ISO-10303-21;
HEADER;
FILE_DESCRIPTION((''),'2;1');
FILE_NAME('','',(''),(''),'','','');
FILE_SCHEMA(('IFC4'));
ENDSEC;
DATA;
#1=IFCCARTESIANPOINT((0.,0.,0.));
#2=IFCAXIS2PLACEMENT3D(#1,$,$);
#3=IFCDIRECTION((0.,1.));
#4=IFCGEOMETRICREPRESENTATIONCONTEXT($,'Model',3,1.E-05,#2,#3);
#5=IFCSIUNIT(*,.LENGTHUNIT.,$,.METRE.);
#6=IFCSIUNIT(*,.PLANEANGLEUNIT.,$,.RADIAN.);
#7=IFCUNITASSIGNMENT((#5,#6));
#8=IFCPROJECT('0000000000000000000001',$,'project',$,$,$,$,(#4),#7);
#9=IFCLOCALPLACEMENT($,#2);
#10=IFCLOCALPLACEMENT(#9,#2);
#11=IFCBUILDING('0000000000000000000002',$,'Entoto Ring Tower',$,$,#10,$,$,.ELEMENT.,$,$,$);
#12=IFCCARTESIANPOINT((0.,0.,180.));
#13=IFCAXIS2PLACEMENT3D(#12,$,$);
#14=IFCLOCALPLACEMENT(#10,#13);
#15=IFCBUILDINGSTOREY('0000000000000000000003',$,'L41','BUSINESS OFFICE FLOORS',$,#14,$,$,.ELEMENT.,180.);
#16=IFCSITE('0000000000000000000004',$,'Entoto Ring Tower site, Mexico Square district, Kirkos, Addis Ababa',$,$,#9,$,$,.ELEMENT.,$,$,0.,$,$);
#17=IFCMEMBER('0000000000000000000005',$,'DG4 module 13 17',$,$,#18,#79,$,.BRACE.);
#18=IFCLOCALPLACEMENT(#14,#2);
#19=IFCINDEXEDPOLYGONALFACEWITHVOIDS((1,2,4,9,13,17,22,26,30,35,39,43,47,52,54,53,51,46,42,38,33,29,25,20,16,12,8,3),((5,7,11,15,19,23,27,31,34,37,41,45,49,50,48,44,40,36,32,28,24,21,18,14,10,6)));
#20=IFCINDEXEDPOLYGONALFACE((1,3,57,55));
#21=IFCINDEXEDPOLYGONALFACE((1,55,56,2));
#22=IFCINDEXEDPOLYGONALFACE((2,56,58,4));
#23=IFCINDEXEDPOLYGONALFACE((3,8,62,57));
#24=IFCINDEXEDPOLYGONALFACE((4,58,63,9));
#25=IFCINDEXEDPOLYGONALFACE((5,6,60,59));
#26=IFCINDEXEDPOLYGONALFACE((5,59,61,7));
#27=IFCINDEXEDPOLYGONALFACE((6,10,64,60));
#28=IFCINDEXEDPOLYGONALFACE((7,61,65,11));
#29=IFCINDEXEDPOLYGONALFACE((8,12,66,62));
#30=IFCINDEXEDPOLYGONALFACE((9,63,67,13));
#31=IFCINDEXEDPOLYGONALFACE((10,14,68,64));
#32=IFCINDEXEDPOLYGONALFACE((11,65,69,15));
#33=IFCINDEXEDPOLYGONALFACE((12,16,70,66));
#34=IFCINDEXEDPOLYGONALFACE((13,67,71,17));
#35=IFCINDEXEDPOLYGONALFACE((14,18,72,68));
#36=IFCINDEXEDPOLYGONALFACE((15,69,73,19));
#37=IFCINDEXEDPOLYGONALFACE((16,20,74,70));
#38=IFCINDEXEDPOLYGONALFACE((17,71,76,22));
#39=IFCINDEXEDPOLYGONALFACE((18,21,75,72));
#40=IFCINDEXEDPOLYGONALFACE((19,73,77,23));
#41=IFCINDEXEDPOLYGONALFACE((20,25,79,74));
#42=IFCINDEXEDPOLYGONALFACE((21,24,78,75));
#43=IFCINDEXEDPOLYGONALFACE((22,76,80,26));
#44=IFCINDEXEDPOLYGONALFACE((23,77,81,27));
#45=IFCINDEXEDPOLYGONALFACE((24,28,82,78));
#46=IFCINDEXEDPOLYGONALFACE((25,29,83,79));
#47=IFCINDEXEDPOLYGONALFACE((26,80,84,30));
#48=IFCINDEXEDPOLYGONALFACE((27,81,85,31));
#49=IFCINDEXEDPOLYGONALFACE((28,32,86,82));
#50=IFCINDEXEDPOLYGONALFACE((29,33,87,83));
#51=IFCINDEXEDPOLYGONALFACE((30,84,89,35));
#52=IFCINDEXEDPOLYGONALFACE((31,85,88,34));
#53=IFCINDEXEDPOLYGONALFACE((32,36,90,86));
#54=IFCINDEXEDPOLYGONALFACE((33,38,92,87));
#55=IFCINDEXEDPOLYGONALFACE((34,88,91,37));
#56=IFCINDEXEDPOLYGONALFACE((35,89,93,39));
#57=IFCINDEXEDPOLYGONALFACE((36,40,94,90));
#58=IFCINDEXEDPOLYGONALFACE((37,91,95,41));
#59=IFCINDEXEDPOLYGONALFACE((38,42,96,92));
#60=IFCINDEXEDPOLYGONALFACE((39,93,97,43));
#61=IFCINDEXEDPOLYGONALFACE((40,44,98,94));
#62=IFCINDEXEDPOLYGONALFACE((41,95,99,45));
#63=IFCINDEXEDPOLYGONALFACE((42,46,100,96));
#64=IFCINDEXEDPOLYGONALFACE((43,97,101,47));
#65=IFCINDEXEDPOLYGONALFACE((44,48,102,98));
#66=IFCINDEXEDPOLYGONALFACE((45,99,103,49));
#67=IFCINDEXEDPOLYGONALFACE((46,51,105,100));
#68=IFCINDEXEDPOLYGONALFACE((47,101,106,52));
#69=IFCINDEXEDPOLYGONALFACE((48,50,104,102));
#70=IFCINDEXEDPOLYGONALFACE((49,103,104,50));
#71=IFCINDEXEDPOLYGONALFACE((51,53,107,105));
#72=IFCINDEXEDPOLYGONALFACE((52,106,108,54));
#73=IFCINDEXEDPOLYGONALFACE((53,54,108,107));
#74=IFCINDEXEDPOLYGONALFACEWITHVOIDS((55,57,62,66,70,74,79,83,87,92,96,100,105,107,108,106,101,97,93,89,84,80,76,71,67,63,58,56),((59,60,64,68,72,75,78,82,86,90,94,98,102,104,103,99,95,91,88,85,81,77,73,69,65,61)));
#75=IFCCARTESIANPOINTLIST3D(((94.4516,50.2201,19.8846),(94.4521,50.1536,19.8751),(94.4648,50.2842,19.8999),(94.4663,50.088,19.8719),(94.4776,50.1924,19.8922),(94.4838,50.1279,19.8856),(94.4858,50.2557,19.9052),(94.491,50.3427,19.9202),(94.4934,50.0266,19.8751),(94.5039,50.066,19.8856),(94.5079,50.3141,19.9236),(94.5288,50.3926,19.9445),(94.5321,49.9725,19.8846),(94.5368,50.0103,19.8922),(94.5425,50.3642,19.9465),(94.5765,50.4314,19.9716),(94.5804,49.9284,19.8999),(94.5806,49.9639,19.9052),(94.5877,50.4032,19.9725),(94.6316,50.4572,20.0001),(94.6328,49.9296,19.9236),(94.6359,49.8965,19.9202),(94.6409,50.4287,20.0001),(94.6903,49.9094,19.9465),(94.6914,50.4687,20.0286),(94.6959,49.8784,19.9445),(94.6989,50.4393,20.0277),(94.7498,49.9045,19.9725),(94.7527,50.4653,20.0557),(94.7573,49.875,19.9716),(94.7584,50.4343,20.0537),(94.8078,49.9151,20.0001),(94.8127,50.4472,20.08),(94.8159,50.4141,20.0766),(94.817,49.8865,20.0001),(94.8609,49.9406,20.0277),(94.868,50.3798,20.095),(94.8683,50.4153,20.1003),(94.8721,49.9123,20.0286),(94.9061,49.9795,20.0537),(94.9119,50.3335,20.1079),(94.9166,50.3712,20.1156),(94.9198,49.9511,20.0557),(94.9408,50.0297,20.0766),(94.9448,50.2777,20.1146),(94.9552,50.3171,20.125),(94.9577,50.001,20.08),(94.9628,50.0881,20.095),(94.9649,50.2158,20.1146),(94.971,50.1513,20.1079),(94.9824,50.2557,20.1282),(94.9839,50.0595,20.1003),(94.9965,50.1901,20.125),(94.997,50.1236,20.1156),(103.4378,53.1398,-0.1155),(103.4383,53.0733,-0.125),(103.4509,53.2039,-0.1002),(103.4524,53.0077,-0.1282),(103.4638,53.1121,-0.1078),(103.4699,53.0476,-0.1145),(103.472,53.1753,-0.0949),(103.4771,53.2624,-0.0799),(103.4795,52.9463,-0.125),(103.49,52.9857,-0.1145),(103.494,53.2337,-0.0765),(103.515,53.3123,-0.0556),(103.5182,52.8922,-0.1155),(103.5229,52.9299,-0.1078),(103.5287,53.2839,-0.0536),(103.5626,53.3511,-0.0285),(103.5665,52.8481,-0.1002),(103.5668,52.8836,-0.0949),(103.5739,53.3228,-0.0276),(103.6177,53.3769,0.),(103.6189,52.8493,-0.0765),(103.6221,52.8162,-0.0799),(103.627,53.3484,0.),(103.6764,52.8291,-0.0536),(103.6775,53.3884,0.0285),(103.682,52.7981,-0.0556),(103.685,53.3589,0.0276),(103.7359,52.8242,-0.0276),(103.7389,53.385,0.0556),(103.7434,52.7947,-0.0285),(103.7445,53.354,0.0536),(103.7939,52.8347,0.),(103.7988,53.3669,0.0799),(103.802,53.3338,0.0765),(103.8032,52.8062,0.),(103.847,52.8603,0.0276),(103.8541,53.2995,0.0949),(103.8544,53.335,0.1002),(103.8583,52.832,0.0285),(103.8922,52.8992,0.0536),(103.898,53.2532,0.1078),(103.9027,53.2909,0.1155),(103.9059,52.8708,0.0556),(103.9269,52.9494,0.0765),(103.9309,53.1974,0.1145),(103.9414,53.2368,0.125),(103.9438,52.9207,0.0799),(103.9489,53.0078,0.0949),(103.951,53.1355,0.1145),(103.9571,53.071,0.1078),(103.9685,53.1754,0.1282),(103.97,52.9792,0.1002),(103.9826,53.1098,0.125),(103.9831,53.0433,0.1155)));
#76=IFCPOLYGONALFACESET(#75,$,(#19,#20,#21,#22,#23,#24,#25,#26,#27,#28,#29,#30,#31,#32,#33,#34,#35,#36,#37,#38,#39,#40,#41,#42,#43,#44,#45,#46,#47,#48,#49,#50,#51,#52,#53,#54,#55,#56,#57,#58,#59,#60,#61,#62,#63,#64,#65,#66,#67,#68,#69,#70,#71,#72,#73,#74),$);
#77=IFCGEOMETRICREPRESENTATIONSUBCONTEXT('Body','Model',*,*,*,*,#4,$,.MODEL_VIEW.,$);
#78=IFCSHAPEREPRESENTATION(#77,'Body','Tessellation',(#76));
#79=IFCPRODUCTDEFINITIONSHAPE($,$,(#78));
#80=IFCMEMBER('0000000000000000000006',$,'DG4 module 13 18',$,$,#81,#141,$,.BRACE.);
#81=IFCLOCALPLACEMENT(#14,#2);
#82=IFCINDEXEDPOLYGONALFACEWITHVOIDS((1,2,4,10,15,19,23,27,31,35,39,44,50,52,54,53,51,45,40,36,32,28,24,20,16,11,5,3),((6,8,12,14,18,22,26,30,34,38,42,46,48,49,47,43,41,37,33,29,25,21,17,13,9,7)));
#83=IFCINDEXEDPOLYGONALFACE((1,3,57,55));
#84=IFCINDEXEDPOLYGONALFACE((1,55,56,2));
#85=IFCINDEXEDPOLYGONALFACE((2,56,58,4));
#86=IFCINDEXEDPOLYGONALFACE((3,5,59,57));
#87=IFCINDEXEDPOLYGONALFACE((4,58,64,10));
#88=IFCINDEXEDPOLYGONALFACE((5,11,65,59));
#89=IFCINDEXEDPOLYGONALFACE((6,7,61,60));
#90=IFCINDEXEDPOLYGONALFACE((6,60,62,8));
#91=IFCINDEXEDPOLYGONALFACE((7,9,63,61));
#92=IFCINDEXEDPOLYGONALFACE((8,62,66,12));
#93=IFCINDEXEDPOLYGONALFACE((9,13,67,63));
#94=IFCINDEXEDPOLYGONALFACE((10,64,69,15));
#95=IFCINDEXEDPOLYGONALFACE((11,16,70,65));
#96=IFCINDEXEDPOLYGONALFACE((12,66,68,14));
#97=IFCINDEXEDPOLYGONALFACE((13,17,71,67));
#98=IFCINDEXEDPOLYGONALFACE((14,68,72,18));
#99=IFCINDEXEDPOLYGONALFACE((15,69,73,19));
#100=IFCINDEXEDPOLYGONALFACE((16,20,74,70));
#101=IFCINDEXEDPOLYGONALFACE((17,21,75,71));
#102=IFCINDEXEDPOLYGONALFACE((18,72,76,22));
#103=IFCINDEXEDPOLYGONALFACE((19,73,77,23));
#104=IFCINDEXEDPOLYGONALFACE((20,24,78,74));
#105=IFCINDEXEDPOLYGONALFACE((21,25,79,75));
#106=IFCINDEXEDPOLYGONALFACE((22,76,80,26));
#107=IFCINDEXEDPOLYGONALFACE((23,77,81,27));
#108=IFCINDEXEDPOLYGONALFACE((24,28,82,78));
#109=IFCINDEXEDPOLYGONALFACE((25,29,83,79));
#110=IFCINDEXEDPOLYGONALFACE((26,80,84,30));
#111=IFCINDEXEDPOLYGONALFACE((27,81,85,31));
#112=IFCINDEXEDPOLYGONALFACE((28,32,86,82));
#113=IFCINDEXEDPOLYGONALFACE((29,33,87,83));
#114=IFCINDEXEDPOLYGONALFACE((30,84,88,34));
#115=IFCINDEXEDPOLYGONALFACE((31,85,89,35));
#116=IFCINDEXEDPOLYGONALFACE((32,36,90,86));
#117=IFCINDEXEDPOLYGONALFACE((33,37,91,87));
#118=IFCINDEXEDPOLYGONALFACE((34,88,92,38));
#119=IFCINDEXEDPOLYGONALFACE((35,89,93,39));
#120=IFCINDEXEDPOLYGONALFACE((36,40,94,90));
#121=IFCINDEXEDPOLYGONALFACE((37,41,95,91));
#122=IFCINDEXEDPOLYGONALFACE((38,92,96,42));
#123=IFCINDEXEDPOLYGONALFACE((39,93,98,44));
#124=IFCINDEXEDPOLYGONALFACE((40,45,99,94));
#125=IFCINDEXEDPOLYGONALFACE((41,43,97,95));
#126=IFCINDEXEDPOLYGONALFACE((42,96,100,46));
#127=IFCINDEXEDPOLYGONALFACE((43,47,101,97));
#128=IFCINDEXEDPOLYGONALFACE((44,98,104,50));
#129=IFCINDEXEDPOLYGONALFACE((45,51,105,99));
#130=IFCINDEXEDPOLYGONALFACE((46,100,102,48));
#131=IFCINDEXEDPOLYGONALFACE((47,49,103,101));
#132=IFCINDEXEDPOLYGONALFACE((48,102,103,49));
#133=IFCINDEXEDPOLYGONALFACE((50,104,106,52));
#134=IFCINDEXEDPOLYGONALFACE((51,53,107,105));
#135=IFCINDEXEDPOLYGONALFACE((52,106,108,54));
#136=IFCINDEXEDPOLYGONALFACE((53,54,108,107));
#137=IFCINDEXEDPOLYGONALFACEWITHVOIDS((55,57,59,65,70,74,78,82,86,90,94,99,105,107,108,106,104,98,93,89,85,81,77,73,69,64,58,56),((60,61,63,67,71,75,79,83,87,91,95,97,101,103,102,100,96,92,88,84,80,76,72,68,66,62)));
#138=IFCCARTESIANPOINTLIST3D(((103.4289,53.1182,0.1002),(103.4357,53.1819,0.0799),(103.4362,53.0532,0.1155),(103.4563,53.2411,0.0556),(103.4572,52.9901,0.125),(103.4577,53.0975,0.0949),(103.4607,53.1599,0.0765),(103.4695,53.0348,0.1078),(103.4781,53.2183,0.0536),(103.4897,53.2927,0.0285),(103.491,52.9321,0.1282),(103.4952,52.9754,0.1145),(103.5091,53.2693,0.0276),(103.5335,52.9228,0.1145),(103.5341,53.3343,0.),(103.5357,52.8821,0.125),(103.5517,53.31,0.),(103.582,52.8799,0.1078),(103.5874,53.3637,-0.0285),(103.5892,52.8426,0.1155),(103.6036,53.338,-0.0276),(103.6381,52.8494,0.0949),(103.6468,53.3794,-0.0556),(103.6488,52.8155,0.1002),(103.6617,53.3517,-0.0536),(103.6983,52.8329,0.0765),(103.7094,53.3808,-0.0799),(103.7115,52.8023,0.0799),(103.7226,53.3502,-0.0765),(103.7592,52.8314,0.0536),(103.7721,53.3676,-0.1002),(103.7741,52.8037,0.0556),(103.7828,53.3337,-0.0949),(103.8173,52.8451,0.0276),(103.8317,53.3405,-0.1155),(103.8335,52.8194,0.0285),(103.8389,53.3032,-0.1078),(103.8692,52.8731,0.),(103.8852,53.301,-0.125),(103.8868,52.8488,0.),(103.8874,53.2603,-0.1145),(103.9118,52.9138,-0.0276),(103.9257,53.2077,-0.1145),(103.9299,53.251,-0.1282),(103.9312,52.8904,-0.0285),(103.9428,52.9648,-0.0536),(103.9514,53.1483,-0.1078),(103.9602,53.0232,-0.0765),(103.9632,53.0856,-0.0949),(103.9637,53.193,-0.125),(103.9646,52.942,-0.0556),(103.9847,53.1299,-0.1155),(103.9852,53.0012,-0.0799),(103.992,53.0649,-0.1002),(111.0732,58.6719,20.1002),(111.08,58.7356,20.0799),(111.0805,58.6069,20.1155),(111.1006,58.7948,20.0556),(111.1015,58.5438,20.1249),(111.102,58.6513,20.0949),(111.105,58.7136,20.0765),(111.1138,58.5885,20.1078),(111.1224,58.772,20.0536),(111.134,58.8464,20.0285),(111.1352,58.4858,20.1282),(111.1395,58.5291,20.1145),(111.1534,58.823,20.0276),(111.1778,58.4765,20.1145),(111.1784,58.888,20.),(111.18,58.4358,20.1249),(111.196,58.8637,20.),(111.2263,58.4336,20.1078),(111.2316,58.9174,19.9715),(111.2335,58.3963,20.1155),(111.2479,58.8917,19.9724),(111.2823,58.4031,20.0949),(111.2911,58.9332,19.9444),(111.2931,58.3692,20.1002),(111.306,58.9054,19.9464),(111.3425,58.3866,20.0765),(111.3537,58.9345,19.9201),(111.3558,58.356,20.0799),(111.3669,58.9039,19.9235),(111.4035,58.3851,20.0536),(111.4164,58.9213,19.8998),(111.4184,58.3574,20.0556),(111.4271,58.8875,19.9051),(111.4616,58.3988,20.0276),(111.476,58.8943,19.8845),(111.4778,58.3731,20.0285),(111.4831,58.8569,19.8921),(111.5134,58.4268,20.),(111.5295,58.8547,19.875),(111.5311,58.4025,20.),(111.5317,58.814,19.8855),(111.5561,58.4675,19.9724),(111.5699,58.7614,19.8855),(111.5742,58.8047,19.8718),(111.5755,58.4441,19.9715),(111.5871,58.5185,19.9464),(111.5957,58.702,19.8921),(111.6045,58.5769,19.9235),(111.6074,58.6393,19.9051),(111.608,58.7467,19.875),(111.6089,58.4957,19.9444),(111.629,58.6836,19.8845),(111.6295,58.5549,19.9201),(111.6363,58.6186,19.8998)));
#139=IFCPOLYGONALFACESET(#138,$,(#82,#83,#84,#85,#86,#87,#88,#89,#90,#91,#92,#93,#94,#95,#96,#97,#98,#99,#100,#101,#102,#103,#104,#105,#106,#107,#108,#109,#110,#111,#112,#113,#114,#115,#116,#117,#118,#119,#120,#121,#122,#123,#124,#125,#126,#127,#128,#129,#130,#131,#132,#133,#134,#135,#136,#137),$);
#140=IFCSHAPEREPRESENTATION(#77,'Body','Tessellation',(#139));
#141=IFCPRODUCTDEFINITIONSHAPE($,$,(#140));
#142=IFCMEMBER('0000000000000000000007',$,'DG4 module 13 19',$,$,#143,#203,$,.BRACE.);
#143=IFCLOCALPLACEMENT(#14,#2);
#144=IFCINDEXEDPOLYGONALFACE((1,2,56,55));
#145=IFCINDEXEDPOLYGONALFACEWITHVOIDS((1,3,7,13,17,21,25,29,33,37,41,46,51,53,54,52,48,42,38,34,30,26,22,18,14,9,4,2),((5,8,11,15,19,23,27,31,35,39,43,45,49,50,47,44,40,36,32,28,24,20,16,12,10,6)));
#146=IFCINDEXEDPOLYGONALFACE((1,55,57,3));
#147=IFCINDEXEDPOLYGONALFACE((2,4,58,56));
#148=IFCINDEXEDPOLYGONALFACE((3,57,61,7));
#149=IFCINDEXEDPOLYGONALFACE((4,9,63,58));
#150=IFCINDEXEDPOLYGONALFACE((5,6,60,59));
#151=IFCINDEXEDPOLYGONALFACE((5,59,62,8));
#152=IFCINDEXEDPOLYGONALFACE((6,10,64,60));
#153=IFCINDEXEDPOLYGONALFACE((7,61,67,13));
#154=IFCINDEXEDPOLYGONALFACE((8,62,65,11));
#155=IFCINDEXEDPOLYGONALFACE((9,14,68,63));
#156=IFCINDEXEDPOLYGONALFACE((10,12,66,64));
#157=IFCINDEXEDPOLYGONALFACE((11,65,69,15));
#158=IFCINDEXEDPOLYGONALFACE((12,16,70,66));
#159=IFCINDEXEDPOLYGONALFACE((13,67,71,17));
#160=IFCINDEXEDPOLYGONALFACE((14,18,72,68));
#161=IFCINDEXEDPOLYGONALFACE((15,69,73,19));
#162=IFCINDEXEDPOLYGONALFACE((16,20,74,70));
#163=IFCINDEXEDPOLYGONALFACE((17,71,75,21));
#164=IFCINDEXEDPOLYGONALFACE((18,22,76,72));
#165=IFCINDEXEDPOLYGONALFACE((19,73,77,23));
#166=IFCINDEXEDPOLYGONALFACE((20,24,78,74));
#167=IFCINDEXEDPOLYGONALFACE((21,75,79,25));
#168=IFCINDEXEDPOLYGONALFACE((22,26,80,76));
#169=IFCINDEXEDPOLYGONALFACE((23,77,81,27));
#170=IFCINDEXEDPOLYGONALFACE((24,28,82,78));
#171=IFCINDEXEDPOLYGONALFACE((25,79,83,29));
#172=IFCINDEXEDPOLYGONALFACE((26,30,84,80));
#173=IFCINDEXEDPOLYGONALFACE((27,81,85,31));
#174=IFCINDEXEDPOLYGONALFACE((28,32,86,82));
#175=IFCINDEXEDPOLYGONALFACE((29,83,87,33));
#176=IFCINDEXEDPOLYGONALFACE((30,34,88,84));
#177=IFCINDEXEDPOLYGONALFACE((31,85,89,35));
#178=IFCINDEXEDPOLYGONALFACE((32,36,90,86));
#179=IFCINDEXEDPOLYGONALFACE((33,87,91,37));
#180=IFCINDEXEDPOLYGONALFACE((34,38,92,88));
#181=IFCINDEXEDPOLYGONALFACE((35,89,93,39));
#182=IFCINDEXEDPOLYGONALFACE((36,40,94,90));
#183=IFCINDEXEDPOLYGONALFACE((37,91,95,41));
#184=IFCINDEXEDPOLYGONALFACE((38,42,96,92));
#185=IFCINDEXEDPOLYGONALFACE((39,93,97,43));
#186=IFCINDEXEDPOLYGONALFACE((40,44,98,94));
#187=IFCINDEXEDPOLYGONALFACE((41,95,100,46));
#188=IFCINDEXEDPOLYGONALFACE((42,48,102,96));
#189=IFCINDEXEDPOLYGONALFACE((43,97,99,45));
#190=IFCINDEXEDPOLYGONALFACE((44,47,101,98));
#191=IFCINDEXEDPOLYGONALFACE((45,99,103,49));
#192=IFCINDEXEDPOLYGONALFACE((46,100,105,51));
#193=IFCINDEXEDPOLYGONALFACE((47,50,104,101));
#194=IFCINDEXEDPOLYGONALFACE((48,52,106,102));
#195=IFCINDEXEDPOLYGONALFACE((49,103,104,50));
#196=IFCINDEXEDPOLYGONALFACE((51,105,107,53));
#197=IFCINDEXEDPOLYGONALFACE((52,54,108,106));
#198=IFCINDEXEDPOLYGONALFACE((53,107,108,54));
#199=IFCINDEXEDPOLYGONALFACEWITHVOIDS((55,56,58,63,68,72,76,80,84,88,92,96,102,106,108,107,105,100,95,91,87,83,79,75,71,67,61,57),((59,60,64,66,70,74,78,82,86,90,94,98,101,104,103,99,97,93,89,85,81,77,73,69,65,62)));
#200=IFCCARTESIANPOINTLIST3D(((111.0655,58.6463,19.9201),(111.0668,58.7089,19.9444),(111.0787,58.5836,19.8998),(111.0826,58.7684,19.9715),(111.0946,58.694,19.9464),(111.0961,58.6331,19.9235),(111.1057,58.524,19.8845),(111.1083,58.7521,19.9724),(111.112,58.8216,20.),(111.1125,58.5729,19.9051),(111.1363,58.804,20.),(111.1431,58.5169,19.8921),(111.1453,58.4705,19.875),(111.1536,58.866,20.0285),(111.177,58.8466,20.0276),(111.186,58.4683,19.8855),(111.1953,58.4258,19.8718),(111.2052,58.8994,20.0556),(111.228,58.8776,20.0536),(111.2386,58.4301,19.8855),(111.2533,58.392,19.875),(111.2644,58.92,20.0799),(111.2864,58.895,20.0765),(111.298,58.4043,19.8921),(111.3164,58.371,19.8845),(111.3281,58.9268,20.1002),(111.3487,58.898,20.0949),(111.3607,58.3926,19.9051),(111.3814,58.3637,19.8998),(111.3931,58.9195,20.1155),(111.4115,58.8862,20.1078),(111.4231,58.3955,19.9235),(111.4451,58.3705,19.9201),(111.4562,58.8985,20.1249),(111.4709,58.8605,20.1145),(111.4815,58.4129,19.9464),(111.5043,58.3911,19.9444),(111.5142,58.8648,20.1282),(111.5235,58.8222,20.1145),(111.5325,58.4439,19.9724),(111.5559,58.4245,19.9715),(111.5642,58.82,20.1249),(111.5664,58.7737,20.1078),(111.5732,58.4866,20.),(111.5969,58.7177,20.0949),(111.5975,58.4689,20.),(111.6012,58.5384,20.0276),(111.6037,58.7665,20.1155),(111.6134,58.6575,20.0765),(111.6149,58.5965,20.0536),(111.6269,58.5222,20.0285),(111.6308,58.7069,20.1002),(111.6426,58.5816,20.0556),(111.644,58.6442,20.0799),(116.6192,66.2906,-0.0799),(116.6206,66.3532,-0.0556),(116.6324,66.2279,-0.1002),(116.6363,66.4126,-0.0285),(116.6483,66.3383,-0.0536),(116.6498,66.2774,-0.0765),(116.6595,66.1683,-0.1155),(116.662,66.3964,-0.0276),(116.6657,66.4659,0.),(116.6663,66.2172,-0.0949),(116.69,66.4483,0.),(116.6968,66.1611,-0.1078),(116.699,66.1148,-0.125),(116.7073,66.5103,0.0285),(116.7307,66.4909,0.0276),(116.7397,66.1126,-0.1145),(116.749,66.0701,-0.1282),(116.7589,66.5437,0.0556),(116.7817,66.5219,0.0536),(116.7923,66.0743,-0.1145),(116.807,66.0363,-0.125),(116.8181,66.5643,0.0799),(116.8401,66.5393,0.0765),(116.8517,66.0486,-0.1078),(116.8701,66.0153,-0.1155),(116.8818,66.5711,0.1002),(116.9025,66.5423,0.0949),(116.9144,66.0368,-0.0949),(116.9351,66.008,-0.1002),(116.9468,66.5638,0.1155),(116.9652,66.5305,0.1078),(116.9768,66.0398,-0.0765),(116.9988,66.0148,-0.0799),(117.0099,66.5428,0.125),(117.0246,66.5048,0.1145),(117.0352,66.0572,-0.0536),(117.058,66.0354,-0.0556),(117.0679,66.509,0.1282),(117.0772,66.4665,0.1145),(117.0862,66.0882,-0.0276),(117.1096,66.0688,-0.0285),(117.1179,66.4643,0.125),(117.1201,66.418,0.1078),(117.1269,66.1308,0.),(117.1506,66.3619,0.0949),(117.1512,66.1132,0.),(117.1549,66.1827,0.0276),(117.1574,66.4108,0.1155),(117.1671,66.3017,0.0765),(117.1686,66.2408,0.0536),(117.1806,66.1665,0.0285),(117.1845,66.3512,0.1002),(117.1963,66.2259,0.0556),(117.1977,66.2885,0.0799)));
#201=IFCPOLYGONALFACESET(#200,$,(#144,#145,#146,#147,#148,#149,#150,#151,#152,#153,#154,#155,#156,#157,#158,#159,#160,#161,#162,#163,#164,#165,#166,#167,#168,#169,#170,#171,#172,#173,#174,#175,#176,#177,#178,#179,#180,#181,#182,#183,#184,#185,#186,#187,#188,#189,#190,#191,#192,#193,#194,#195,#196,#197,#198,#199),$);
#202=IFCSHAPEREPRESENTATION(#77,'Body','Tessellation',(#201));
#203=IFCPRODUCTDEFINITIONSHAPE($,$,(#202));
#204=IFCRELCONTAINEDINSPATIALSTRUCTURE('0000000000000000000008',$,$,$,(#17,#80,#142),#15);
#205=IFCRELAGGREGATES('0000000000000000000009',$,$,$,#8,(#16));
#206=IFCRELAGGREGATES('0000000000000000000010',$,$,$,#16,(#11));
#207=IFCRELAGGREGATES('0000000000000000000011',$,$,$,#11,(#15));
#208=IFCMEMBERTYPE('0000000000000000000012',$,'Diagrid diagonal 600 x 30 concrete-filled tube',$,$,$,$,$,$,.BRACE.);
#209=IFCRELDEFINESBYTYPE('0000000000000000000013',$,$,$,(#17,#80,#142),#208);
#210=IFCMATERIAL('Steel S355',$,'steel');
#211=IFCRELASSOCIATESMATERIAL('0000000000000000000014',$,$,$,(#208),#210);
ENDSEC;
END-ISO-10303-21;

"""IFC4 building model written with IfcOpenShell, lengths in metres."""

from ifc_helpers import new_model, si_unit, direction, frame, origin, origin_2d, place, context, subcontext, project, spatial, circle, hollow_circle, extrude, material, material_profile, profile_set, type_object, element, save


model = new_model("IFC4")

# Units and contexts
model_context = context("Model", 3, precision=1e-05, world=origin(), true_north=direction((0.0, 1.0)))
body_context = subcontext(model_context, "Body", "Model", "MODEL_VIEW")
ifc_project = project(units=[si_unit("LENGTHUNIT", "METRE"), si_unit("PLANEANGLEUNIT", "RADIAN")], contexts=[model_context])

# Site, building, storey
site_placement = place(None, origin())
site = spatial("IfcSite", under=ifc_project, at=site_placement, Name="Entoto Ring Tower site, Mexico Square district, Kirkos, Addis Ababa", CompositionType="ELEMENT", RefElevation=0.0)
building_placement = place(site_placement, origin())
building = spatial("IfcBuilding", under=site, at=building_placement, Name="Entoto Ring Tower", CompositionType="ELEMENT")
storey_placement = place(building_placement, frame((0.0, 0.0, 180.0)))
storey = spatial("IfcBuildingStorey", under=building, at=storey_placement, Name="L41", Description="BUSINESS OFFICE FLOORS", CompositionType="ELEMENT", Elevation=180.0)

# Members
ifc_material_1 = material(Name="Steel S355", Category="steel")
ifc_material_profile_1 = material_profile(ifc_material_1, hollow_circle(Radius=0.3, WallThickness=0.03, at=origin_2d()), Name="CHS 600 x 30")
ifc_material_2 = material(Name="Concrete C60/75", Category="concrete")
ifc_material_profile_2 = material_profile(ifc_material_2, circle(Radius=0.27, at=origin_2d()), Name="Concrete C60/75 infill")
ifc_profile_set_1 = profile_set([ifc_material_profile_1, ifc_material_profile_2], Name="Steel S355")
member_type_1 = type_object("IfcMemberType", Name="Diagrid diagonal 600 x 30 concrete-filled tube", PredefinedType="BRACE", material=ifc_profile_set_1)
for number, where, z_axis, x_axis, name in (
    (1, (103.7104, 53.0916, 0.0), (-0.406251, -0.131995, 0.904178), (0.30901, -0.951059, 0.0), "DG4 module 13 17"),
    (2, (103.7104, 53.0916, 0.0), (0.345588, 0.251076, 0.904174), (-0.587772, 0.809026, 0.0), "DG4 module 13 18"),
    (3, (116.9084, 66.2896, 0.0), (-0.251076, -0.345588, 0.904174), (0.809026, -0.587772, 0.0), "DG4 module 13 19"),
):
    element("IfcMember", number, at=place(storey_placement, frame(where, z_axis=z_axis, x_axis=x_axis)), inside=storey, type_object=member_type_1, Name=name, PredefinedType="BRACE", context=body_context, shape_type="SweptSolid", body=[
        extrude(hollow_circle(Radius=0.3, WallThickness=0.03, at=origin_2d()), origin(), (0.0, 0.0, 1.0), 22.1196),
    ])

save(model, "model.ifc")
